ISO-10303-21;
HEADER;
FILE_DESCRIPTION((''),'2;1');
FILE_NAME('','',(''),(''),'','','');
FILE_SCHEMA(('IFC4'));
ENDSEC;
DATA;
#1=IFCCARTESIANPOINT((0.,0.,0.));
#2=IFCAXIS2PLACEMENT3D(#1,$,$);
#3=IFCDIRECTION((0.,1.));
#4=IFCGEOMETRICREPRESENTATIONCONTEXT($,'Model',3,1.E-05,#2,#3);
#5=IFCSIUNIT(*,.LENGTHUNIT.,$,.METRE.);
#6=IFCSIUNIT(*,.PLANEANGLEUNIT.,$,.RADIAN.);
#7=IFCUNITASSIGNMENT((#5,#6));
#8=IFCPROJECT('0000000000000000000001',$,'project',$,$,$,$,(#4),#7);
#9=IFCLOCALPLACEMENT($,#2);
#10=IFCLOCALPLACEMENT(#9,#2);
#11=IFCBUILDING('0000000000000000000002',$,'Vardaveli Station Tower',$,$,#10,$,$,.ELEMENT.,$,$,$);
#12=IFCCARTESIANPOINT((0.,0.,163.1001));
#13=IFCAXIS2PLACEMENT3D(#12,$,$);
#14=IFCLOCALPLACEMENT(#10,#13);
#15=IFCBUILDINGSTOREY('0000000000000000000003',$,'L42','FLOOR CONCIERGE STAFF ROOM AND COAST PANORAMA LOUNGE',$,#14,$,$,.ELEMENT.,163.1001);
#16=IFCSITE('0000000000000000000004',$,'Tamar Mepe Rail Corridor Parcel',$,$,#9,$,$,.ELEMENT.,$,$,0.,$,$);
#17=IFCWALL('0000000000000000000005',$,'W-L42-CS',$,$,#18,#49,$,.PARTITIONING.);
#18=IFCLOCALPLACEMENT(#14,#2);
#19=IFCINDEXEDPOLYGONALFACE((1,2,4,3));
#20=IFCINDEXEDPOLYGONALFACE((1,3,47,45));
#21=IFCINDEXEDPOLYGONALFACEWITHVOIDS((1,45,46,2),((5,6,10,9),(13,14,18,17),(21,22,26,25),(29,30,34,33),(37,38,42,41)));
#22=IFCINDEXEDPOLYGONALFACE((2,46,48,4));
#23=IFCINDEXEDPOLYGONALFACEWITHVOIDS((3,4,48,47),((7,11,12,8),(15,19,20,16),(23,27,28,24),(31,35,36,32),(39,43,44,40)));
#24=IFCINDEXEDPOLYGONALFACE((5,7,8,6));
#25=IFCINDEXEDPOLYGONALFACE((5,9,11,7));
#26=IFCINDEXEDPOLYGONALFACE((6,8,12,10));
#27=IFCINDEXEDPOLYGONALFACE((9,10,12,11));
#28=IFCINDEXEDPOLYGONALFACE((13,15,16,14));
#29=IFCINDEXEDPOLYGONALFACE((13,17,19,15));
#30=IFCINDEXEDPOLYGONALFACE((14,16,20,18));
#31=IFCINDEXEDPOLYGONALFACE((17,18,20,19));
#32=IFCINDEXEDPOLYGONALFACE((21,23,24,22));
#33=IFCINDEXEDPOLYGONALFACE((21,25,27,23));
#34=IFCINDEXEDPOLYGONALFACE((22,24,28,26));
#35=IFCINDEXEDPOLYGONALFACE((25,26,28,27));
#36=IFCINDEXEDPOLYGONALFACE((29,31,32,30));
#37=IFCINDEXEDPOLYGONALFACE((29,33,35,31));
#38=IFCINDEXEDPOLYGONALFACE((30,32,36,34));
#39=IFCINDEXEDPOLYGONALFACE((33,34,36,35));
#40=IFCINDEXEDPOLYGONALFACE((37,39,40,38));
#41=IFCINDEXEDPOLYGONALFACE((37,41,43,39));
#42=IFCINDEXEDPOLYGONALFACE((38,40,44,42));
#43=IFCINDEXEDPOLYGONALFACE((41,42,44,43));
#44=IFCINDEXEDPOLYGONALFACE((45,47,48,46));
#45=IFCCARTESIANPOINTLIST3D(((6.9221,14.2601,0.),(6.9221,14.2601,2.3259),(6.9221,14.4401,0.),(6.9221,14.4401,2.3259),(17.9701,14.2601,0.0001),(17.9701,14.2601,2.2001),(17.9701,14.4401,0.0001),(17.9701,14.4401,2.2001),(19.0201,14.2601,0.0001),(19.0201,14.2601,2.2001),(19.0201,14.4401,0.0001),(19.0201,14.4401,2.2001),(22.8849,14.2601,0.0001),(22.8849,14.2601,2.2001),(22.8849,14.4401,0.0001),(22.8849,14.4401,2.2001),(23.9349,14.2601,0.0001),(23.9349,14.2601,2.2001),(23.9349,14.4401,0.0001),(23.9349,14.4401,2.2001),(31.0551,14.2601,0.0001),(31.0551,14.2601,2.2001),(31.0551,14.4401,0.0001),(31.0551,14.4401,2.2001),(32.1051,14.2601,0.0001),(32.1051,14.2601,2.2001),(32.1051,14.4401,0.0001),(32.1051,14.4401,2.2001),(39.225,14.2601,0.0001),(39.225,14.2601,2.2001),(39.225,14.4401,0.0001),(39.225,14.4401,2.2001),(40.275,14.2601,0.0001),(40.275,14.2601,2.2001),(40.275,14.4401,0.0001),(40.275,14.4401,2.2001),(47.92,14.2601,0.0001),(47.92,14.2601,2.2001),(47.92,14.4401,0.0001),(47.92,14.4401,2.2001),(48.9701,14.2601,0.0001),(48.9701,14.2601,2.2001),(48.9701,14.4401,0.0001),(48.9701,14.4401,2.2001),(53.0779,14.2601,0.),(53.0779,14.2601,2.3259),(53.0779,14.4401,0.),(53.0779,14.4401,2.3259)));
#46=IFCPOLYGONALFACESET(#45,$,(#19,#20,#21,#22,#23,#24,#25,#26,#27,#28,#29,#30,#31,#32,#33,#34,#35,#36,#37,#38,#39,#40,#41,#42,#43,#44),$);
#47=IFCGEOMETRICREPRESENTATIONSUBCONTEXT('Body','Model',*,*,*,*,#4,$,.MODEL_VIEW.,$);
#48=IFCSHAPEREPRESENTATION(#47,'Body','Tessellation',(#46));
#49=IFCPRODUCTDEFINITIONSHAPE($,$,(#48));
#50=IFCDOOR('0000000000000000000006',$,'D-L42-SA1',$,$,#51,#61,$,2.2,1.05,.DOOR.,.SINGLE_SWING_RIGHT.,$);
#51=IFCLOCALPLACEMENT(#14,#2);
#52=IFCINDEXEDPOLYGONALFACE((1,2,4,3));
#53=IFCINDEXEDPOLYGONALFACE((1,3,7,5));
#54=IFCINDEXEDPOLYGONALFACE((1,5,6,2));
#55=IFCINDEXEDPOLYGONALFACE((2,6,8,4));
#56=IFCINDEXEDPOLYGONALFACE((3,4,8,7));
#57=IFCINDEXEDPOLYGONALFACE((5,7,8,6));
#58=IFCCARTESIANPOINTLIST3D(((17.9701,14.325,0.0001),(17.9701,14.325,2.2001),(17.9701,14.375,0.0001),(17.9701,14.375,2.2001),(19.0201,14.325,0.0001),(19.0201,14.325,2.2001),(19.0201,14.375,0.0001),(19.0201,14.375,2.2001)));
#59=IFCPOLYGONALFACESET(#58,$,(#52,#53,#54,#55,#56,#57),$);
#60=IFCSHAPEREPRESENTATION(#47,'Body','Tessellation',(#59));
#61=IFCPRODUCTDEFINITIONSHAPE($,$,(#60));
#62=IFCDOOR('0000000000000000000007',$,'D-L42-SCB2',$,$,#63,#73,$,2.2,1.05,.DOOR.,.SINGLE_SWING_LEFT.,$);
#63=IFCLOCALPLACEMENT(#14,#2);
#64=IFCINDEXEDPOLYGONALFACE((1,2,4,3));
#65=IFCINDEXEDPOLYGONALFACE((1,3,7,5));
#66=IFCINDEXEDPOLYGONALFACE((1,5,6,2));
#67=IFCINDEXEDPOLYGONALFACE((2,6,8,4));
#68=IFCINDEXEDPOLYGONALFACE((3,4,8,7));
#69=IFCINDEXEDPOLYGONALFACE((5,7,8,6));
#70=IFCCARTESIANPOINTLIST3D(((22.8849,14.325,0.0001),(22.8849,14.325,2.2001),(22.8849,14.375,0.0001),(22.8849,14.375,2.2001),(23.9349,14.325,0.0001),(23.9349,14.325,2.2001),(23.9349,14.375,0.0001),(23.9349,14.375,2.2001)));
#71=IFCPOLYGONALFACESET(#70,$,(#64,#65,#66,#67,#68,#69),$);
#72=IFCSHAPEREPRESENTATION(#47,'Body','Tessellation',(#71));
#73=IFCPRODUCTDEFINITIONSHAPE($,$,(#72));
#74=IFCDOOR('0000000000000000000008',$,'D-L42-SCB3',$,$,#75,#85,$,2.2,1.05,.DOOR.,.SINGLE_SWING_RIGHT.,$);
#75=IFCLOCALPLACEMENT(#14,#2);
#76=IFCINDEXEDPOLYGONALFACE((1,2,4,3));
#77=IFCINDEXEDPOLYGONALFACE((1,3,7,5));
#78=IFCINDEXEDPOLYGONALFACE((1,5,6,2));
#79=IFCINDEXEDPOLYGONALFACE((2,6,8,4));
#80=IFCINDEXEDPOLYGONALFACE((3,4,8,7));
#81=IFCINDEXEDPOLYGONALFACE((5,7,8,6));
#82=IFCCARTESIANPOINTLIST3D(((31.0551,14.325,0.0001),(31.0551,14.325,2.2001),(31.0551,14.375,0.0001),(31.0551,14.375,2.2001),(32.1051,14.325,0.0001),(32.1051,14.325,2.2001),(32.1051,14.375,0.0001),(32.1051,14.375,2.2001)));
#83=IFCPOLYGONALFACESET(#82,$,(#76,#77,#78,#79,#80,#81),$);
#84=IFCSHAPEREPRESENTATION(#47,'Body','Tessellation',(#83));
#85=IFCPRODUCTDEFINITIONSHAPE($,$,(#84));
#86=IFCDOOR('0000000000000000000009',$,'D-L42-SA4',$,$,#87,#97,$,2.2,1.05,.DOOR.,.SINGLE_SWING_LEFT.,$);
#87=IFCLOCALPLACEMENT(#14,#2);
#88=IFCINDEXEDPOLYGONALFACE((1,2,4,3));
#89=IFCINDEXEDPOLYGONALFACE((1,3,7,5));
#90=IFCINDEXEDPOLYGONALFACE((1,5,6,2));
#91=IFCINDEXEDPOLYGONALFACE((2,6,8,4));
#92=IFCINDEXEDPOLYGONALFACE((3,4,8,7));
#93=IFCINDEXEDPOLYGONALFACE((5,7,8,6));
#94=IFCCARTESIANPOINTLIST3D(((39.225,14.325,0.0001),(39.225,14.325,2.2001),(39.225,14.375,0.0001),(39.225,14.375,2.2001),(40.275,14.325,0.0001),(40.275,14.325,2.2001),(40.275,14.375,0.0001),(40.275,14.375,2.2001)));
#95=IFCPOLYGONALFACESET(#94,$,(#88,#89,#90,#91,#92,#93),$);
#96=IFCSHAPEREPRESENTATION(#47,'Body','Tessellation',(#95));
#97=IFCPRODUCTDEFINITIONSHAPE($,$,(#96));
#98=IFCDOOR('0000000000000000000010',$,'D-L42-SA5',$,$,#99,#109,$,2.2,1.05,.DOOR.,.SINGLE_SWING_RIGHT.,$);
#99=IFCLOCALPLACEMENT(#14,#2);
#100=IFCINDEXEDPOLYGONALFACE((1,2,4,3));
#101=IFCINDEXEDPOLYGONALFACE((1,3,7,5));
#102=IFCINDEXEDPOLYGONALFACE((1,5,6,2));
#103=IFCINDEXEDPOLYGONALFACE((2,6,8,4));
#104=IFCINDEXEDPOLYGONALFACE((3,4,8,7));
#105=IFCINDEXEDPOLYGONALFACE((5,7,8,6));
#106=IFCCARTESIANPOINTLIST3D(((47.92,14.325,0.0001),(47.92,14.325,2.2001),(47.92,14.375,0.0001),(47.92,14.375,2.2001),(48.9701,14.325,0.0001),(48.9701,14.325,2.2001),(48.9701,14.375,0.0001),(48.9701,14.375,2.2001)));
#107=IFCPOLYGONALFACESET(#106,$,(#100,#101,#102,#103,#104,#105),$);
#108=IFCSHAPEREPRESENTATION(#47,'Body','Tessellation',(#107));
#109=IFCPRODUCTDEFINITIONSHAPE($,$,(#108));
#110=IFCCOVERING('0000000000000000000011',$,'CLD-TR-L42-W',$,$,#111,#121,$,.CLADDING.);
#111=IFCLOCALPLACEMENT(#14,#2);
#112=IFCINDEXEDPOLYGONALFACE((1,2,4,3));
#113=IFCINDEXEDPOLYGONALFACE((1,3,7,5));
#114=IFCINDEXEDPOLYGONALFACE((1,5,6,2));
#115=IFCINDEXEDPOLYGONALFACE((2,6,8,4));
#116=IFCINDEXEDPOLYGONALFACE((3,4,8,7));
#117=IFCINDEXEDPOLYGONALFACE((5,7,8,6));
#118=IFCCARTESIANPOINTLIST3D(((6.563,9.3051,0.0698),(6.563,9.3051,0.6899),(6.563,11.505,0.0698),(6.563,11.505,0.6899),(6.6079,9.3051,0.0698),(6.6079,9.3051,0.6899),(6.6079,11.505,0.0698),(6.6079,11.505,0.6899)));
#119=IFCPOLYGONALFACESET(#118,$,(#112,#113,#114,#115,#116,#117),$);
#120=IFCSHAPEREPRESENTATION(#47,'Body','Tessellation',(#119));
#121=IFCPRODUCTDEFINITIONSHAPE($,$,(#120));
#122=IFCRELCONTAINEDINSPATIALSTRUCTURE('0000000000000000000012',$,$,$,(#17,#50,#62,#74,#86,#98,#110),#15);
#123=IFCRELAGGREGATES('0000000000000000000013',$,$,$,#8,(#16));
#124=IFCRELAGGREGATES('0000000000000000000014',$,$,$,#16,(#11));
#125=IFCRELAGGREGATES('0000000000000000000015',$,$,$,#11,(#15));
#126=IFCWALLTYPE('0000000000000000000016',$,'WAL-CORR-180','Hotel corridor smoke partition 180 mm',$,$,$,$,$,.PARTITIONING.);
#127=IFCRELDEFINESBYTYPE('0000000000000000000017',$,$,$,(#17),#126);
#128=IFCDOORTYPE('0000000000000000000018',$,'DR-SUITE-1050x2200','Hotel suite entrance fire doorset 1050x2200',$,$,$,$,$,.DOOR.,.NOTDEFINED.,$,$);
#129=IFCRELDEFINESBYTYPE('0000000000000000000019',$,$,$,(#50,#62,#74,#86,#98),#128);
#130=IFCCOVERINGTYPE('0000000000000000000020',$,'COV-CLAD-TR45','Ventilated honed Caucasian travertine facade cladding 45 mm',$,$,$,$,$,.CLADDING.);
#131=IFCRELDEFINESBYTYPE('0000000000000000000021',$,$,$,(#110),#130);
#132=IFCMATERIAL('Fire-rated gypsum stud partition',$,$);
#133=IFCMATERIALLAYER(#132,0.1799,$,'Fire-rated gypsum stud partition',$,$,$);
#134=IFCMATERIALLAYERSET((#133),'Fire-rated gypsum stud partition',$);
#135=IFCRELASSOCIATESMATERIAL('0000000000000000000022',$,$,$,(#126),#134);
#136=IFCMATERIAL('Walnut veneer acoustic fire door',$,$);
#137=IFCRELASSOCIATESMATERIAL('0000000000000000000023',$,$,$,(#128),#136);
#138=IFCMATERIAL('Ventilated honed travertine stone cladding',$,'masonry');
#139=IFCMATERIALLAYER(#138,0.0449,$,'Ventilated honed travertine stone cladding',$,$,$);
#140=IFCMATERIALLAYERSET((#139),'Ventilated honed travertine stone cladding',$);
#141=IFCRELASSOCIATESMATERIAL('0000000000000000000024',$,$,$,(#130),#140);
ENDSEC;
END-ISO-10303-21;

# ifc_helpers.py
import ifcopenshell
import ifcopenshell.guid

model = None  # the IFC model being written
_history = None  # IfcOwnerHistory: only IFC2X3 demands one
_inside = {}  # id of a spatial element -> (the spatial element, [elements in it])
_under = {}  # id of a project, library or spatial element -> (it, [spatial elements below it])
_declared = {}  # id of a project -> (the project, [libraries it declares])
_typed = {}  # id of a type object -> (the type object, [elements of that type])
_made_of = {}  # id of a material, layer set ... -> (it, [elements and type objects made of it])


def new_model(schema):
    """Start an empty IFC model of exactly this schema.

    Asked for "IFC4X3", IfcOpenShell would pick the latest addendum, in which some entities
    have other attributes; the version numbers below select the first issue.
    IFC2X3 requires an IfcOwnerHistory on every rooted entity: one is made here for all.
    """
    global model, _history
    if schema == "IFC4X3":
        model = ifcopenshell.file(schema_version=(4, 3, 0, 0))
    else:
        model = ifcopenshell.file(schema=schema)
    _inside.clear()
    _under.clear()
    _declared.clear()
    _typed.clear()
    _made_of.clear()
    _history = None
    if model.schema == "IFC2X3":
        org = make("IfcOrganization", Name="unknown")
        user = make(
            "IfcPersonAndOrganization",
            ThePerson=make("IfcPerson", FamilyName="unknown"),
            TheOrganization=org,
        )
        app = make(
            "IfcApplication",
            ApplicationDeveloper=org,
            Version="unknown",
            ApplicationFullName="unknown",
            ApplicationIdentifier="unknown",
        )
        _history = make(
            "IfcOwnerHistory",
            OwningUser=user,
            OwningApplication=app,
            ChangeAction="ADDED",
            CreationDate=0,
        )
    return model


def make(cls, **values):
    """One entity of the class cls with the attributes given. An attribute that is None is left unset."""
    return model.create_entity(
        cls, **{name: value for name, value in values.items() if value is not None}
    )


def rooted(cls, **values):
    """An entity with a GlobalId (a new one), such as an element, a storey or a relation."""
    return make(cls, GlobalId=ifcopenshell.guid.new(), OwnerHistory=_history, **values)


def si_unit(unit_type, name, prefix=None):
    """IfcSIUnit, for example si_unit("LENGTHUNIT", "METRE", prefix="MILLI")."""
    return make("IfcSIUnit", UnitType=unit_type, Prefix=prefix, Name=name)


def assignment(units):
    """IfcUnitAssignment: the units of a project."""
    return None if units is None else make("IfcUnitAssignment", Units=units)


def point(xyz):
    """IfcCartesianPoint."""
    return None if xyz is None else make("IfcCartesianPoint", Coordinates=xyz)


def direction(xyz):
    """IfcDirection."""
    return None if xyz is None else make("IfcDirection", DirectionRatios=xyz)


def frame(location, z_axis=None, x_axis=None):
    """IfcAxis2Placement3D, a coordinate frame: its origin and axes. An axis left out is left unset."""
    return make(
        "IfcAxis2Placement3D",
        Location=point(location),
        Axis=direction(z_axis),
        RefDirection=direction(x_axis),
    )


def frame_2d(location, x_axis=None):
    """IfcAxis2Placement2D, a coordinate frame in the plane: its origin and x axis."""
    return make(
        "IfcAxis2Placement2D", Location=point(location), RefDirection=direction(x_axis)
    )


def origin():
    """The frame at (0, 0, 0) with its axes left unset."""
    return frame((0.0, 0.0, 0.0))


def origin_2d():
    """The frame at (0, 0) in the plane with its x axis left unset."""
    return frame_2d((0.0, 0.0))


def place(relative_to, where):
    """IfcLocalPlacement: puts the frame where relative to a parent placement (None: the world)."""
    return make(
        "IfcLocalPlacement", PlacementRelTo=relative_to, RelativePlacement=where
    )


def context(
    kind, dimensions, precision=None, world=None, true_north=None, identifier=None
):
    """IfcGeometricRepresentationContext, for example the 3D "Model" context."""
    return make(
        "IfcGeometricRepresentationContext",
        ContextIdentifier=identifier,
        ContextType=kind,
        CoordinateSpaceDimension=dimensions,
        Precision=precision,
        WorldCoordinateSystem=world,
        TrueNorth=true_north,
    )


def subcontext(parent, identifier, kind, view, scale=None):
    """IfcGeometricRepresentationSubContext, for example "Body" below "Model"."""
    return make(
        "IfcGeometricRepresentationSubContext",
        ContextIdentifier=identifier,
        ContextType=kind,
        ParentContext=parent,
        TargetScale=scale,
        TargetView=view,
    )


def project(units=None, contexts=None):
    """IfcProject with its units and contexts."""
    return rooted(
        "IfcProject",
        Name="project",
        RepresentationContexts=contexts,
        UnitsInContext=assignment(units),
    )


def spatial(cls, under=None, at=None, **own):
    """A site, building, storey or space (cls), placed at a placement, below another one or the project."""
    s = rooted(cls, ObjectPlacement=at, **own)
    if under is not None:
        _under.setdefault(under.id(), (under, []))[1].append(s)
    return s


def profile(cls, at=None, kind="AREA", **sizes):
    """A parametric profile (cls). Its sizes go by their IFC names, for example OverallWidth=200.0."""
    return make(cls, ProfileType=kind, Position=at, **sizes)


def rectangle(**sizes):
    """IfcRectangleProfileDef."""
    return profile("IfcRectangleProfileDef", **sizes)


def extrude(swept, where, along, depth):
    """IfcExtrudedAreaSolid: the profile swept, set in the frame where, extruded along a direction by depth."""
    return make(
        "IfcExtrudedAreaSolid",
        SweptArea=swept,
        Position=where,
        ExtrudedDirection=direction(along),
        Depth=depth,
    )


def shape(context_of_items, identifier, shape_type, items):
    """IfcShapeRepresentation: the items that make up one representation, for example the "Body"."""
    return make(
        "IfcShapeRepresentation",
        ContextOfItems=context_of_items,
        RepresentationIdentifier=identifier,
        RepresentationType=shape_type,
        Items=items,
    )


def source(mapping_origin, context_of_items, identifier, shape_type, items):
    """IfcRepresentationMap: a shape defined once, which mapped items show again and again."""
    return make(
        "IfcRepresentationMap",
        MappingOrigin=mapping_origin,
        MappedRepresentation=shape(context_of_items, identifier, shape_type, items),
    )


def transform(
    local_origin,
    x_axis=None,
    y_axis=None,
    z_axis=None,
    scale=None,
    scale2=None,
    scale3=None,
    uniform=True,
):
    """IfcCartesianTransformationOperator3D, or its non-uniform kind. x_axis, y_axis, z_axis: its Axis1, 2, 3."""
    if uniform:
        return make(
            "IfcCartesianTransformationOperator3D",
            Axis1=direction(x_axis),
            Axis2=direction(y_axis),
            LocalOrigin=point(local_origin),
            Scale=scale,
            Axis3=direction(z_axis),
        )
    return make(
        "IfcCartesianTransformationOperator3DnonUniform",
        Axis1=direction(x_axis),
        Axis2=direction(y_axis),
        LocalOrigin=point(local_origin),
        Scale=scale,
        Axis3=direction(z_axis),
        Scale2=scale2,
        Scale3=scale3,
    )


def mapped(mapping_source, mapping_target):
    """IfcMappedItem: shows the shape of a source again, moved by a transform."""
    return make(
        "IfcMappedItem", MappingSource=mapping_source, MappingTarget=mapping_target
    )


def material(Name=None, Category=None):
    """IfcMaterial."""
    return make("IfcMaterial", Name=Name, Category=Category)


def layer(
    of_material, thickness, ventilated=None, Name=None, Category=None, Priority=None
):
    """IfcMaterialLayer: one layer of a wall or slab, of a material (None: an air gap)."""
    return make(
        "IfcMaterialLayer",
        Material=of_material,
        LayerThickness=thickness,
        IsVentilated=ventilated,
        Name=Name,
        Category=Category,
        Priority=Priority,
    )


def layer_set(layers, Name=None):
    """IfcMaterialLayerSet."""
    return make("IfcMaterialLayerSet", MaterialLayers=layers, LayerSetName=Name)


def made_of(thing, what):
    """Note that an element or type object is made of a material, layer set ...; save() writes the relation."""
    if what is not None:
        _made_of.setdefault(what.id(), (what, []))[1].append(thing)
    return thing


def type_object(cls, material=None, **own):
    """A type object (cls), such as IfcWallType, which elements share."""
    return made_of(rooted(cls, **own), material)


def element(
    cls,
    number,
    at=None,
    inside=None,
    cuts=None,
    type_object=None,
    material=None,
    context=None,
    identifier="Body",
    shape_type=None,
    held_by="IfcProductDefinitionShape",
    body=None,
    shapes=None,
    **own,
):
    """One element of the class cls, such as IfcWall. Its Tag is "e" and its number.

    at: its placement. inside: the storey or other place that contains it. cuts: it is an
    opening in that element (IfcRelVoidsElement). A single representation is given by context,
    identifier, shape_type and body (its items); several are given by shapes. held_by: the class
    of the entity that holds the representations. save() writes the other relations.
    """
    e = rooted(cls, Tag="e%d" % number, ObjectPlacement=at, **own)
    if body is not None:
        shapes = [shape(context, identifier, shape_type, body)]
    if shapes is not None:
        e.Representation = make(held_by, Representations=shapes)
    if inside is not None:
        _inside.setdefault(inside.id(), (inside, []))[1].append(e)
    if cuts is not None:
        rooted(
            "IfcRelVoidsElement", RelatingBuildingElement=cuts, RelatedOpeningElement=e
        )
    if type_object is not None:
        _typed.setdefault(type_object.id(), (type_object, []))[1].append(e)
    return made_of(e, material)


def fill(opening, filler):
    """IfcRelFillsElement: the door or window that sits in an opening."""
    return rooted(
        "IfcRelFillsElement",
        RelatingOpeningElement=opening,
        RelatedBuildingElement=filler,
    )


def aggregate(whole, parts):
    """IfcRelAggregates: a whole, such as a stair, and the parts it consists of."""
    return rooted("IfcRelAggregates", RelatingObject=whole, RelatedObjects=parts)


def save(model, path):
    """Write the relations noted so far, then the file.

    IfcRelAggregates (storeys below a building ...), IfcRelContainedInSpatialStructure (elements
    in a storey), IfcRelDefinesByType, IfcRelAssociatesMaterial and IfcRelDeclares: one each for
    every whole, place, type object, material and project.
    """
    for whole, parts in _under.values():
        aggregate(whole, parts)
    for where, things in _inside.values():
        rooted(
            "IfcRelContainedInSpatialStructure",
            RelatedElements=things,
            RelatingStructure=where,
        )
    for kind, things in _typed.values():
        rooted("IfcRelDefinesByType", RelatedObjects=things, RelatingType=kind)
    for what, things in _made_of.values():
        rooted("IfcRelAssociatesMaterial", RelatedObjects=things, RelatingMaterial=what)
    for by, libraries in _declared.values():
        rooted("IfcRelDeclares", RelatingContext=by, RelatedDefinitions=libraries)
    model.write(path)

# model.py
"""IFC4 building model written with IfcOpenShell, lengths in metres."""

from ifc_helpers import new_model, si_unit, direction, frame, frame_2d, origin, origin_2d, place, context, subcontext, project, spatial, rectangle, extrude, source, transform, mapped, material, layer, layer_set, type_object, element, fill, save


model = new_model("IFC4")

# Units and contexts
model_context = context("Model", 3, precision=1e-05, world=origin(), true_north=direction((0.0, 1.0)))
body_context = subcontext(model_context, "Body", "Model", "MODEL_VIEW")
ifc_project = project(units=[si_unit("LENGTHUNIT", "METRE"), si_unit("PLANEANGLEUNIT", "RADIAN")], contexts=[model_context])

# Site, building, storey
site_placement = place(None, origin())
site = spatial("IfcSite", under=ifc_project, at=site_placement, Name="Tamar Mepe Rail Corridor Parcel", CompositionType="ELEMENT", RefElevation=0.0)
building_placement = place(site_placement, origin())
building = spatial("IfcBuilding", under=site, at=building_placement, Name="Vardaveli Station Tower", CompositionType="ELEMENT")
storey_placement = place(building_placement, frame((0.0, 0.0, 163.1001)))
storey = spatial("IfcBuildingStorey", under=building, at=storey_placement, Name="L42", Description="FLOOR CONCIERGE STAFF ROOM AND COAST PANORAMA LOUNGE", CompositionType="ELEMENT", Elevation=163.1001)

# Wall, openings, doors
ifc_material_1 = material(Name="Fire-rated gypsum stud partition")
ifc_layer_1 = layer(ifc_material_1, 0.1799, Name="Fire-rated gypsum stud partition")
ifc_layer_set_1 = layer_set([ifc_layer_1], Name="Fire-rated gypsum stud partition")
wall_type_1 = type_object("IfcWallType", Name="WAL-CORR-180", Description="Hotel corridor smoke partition 180 mm", PredefinedType="PARTITIONING", material=ifc_layer_set_1)
shared_shape_1 = source(origin(), body_context, "Body", "SweptSolid", [
    extrude(rectangle(XDim=46.1558, YDim=0.1799, at=frame_2d((23.0779, 0.0))), origin(), (0.0, 0.0, 1.0), 2.3259),
])
wall_1_placement = place(storey_placement, frame((6.9221, 14.3501, 0.0), z_axis=(0.0, 0.0, 1.0), x_axis=(1.0, 0.0, 0.0)))
wall_1 = element("IfcWall", 1, at=wall_1_placement, inside=storey, type_object=wall_type_1, Name="W-L42-CS", PredefinedType="PARTITIONING", context=body_context, shape_type="MappedRepresentation", body=[
    mapped(shared_shape_1, transform((0.0, 0.0, 0.0), scale=1.0)),
])
shared_shape_2 = source(origin(), body_context, "Body", "SweptSolid", [
    extrude(rectangle(XDim=1.05, YDim=2.2, at=frame_2d((0.5249, 1.1001))), frame((0.0, 0.1001, 0.0), z_axis=(0.0, -1.0, 0.0), x_axis=(1.0, 0.0, 0.0)), (0.0, 0.0, 1.0), 0.2),
])
opening_1_placement = place(wall_1_placement, frame((11.0481, 0.0, 0.0)))
opening_1 = element("IfcOpeningElement", 2, at=opening_1_placement, cuts=wall_1, PredefinedType="OPENING", context=body_context, shape_type="MappedRepresentation", body=[
    mapped(shared_shape_2, transform((0.0, 0.0, 0.0), scale=1.0)),
])
opening_2_placement = place(wall_1_placement, frame((15.9629, 0.0, 0.0)))
opening_2 = element("IfcOpeningElement", 3, at=opening_2_placement, cuts=wall_1, PredefinedType="OPENING", context=body_context, shape_type="MappedRepresentation", body=[
    mapped(shared_shape_2, transform((0.0, 0.0, 0.0), scale=1.0)),
])
opening_3_placement = place(wall_1_placement, frame((24.1331, 0.0, 0.0)))
opening_3 = element("IfcOpeningElement", 4, at=opening_3_placement, cuts=wall_1, PredefinedType="OPENING", context=body_context, shape_type="MappedRepresentation", body=[
    mapped(shared_shape_2, transform((0.0, 0.0, 0.0), scale=1.0)),
])
opening_4_placement = place(wall_1_placement, frame((32.303, 0.0, 0.0)))
opening_4 = element("IfcOpeningElement", 5, at=opening_4_placement, cuts=wall_1, PredefinedType="OPENING", context=body_context, shape_type="MappedRepresentation", body=[
    mapped(shared_shape_2, transform((0.0, 0.0, 0.0), scale=1.0)),
])
opening_5_placement = place(wall_1_placement, frame((40.998, 0.0, 0.0)))
opening_5 = element("IfcOpeningElement", 6, at=opening_5_placement, cuts=wall_1, PredefinedType="OPENING", context=body_context, shape_type="MappedRepresentation", body=[
    mapped(shared_shape_2, transform((0.0, 0.0, 0.0), scale=1.0)),
])
ifc_material_2 = material(Name="Walnut veneer acoustic fire door")
door_type = type_object("IfcDoorType", Name="DR-SUITE-1050x2200", Description="Hotel suite entrance fire doorset 1050x2200", OperationType="NOTDEFINED", PredefinedType="DOOR", material=ifc_material_2)
shared_shape_3 = source(origin(), body_context, "Body", "SweptSolid", [
    extrude(rectangle(XDim=1.05, YDim=2.2, at=frame_2d((0.5249, 1.1001))), frame((0.0, 0.0249, 0.0), z_axis=(0.0, -1.0, 0.0), x_axis=(1.0, 0.0, 0.0)), (0.0, 0.0, 1.0), 0.05),
])
door_1_placement = place(opening_1_placement, origin())
door_1 = element("IfcDoor", 7, at=door_1_placement, inside=storey, type_object=door_type, Name="D-L42-SA1", OperationType="SINGLE_SWING_RIGHT", OverallHeight=2.2, OverallWidth=1.05, PredefinedType="DOOR", context=body_context, shape_type="MappedRepresentation", body=[
    mapped(shared_shape_3, transform((0.0, 0.0, 0.0), scale=1.0)),
])
fill(opening_1, door_1)
door_2_placement = place(opening_2_placement, origin())
door_2 = element("IfcDoor", 8, at=door_2_placement, inside=storey, type_object=door_type, Name="D-L42-SCB2", OperationType="SINGLE_SWING_LEFT", OverallHeight=2.2, OverallWidth=1.05, PredefinedType="DOOR", context=body_context, shape_type="MappedRepresentation", body=[
    mapped(shared_shape_3, transform((0.0, 0.0, 0.0), scale=1.0)),
])
fill(opening_2, door_2)
door_3_placement = place(opening_3_placement, origin())
door_3 = element("IfcDoor", 9, at=door_3_placement, inside=storey, type_object=door_type, Name="D-L42-SCB3", OperationType="SINGLE_SWING_RIGHT", OverallHeight=2.2, OverallWidth=1.05, PredefinedType="DOOR", context=body_context, shape_type="MappedRepresentation", body=[
    mapped(shared_shape_3, transform((0.0, 0.0, 0.0), scale=1.0)),
])
fill(opening_3, door_3)
door_4_placement = place(opening_4_placement, origin())
door_4 = element("IfcDoor", 10, at=door_4_placement, inside=storey, type_object=door_type, Name="D-L42-SA4", OperationType="SINGLE_SWING_LEFT", OverallHeight=2.2, OverallWidth=1.05, PredefinedType="DOOR", context=body_context, shape_type="MappedRepresentation", body=[
    mapped(shared_shape_3, transform((0.0, 0.0, 0.0), scale=1.0)),
])
fill(opening_4, door_4)
door_5_placement = place(opening_5_placement, origin())
door_5 = element("IfcDoor", 11, at=door_5_placement, inside=storey, type_object=door_type, Name="D-L42-SA5", OperationType="SINGLE_SWING_RIGHT", OverallHeight=2.2, OverallWidth=1.05, PredefinedType="DOOR", context=body_context, shape_type="MappedRepresentation", body=[
    mapped(shared_shape_3, transform((0.0, 0.0, 0.0), scale=1.0)),
])
fill(opening_5, door_5)

# Covering
ifc_material_3 = material(Name="Ventilated honed travertine stone cladding", Category="masonry")
ifc_layer_2 = layer(ifc_material_3, 0.0449, Name="Ventilated honed travertine stone cladding")
ifc_layer_set_2 = layer_set([ifc_layer_2], Name="Ventilated honed travertine stone cladding")
covering_type = type_object("IfcCoveringType", Name="COV-CLAD-TR45", Description="Ventilated honed Caucasian travertine facade cladding 45 mm", PredefinedType="CLADDING", material=ifc_layer_set_2)
shared_shape_4 = source(origin(), body_context, "Body", "SweptSolid", [
    extrude(rectangle(XDim=2.2, YDim=0.0449, at=origin_2d()), origin(), (0.0, 0.0, 1.0), 0.6201),
])
covering_placement = place(storey_placement, frame((6.5854, 10.405, 0.0698), z_axis=(0.0, 0.0, 1.0), x_axis=(0.0, 1.0, 0.0)))
element("IfcCovering", 12, at=covering_placement, inside=storey, type_object=covering_type, Name="CLD-TR-L42-W", PredefinedType="CLADDING", context=body_context, shape_type="MappedRepresentation", body=[
    mapped(shared_shape_4, transform((0.0, 0.0, 0.0), scale=1.0)),
])

save(model, "model.ifc")
